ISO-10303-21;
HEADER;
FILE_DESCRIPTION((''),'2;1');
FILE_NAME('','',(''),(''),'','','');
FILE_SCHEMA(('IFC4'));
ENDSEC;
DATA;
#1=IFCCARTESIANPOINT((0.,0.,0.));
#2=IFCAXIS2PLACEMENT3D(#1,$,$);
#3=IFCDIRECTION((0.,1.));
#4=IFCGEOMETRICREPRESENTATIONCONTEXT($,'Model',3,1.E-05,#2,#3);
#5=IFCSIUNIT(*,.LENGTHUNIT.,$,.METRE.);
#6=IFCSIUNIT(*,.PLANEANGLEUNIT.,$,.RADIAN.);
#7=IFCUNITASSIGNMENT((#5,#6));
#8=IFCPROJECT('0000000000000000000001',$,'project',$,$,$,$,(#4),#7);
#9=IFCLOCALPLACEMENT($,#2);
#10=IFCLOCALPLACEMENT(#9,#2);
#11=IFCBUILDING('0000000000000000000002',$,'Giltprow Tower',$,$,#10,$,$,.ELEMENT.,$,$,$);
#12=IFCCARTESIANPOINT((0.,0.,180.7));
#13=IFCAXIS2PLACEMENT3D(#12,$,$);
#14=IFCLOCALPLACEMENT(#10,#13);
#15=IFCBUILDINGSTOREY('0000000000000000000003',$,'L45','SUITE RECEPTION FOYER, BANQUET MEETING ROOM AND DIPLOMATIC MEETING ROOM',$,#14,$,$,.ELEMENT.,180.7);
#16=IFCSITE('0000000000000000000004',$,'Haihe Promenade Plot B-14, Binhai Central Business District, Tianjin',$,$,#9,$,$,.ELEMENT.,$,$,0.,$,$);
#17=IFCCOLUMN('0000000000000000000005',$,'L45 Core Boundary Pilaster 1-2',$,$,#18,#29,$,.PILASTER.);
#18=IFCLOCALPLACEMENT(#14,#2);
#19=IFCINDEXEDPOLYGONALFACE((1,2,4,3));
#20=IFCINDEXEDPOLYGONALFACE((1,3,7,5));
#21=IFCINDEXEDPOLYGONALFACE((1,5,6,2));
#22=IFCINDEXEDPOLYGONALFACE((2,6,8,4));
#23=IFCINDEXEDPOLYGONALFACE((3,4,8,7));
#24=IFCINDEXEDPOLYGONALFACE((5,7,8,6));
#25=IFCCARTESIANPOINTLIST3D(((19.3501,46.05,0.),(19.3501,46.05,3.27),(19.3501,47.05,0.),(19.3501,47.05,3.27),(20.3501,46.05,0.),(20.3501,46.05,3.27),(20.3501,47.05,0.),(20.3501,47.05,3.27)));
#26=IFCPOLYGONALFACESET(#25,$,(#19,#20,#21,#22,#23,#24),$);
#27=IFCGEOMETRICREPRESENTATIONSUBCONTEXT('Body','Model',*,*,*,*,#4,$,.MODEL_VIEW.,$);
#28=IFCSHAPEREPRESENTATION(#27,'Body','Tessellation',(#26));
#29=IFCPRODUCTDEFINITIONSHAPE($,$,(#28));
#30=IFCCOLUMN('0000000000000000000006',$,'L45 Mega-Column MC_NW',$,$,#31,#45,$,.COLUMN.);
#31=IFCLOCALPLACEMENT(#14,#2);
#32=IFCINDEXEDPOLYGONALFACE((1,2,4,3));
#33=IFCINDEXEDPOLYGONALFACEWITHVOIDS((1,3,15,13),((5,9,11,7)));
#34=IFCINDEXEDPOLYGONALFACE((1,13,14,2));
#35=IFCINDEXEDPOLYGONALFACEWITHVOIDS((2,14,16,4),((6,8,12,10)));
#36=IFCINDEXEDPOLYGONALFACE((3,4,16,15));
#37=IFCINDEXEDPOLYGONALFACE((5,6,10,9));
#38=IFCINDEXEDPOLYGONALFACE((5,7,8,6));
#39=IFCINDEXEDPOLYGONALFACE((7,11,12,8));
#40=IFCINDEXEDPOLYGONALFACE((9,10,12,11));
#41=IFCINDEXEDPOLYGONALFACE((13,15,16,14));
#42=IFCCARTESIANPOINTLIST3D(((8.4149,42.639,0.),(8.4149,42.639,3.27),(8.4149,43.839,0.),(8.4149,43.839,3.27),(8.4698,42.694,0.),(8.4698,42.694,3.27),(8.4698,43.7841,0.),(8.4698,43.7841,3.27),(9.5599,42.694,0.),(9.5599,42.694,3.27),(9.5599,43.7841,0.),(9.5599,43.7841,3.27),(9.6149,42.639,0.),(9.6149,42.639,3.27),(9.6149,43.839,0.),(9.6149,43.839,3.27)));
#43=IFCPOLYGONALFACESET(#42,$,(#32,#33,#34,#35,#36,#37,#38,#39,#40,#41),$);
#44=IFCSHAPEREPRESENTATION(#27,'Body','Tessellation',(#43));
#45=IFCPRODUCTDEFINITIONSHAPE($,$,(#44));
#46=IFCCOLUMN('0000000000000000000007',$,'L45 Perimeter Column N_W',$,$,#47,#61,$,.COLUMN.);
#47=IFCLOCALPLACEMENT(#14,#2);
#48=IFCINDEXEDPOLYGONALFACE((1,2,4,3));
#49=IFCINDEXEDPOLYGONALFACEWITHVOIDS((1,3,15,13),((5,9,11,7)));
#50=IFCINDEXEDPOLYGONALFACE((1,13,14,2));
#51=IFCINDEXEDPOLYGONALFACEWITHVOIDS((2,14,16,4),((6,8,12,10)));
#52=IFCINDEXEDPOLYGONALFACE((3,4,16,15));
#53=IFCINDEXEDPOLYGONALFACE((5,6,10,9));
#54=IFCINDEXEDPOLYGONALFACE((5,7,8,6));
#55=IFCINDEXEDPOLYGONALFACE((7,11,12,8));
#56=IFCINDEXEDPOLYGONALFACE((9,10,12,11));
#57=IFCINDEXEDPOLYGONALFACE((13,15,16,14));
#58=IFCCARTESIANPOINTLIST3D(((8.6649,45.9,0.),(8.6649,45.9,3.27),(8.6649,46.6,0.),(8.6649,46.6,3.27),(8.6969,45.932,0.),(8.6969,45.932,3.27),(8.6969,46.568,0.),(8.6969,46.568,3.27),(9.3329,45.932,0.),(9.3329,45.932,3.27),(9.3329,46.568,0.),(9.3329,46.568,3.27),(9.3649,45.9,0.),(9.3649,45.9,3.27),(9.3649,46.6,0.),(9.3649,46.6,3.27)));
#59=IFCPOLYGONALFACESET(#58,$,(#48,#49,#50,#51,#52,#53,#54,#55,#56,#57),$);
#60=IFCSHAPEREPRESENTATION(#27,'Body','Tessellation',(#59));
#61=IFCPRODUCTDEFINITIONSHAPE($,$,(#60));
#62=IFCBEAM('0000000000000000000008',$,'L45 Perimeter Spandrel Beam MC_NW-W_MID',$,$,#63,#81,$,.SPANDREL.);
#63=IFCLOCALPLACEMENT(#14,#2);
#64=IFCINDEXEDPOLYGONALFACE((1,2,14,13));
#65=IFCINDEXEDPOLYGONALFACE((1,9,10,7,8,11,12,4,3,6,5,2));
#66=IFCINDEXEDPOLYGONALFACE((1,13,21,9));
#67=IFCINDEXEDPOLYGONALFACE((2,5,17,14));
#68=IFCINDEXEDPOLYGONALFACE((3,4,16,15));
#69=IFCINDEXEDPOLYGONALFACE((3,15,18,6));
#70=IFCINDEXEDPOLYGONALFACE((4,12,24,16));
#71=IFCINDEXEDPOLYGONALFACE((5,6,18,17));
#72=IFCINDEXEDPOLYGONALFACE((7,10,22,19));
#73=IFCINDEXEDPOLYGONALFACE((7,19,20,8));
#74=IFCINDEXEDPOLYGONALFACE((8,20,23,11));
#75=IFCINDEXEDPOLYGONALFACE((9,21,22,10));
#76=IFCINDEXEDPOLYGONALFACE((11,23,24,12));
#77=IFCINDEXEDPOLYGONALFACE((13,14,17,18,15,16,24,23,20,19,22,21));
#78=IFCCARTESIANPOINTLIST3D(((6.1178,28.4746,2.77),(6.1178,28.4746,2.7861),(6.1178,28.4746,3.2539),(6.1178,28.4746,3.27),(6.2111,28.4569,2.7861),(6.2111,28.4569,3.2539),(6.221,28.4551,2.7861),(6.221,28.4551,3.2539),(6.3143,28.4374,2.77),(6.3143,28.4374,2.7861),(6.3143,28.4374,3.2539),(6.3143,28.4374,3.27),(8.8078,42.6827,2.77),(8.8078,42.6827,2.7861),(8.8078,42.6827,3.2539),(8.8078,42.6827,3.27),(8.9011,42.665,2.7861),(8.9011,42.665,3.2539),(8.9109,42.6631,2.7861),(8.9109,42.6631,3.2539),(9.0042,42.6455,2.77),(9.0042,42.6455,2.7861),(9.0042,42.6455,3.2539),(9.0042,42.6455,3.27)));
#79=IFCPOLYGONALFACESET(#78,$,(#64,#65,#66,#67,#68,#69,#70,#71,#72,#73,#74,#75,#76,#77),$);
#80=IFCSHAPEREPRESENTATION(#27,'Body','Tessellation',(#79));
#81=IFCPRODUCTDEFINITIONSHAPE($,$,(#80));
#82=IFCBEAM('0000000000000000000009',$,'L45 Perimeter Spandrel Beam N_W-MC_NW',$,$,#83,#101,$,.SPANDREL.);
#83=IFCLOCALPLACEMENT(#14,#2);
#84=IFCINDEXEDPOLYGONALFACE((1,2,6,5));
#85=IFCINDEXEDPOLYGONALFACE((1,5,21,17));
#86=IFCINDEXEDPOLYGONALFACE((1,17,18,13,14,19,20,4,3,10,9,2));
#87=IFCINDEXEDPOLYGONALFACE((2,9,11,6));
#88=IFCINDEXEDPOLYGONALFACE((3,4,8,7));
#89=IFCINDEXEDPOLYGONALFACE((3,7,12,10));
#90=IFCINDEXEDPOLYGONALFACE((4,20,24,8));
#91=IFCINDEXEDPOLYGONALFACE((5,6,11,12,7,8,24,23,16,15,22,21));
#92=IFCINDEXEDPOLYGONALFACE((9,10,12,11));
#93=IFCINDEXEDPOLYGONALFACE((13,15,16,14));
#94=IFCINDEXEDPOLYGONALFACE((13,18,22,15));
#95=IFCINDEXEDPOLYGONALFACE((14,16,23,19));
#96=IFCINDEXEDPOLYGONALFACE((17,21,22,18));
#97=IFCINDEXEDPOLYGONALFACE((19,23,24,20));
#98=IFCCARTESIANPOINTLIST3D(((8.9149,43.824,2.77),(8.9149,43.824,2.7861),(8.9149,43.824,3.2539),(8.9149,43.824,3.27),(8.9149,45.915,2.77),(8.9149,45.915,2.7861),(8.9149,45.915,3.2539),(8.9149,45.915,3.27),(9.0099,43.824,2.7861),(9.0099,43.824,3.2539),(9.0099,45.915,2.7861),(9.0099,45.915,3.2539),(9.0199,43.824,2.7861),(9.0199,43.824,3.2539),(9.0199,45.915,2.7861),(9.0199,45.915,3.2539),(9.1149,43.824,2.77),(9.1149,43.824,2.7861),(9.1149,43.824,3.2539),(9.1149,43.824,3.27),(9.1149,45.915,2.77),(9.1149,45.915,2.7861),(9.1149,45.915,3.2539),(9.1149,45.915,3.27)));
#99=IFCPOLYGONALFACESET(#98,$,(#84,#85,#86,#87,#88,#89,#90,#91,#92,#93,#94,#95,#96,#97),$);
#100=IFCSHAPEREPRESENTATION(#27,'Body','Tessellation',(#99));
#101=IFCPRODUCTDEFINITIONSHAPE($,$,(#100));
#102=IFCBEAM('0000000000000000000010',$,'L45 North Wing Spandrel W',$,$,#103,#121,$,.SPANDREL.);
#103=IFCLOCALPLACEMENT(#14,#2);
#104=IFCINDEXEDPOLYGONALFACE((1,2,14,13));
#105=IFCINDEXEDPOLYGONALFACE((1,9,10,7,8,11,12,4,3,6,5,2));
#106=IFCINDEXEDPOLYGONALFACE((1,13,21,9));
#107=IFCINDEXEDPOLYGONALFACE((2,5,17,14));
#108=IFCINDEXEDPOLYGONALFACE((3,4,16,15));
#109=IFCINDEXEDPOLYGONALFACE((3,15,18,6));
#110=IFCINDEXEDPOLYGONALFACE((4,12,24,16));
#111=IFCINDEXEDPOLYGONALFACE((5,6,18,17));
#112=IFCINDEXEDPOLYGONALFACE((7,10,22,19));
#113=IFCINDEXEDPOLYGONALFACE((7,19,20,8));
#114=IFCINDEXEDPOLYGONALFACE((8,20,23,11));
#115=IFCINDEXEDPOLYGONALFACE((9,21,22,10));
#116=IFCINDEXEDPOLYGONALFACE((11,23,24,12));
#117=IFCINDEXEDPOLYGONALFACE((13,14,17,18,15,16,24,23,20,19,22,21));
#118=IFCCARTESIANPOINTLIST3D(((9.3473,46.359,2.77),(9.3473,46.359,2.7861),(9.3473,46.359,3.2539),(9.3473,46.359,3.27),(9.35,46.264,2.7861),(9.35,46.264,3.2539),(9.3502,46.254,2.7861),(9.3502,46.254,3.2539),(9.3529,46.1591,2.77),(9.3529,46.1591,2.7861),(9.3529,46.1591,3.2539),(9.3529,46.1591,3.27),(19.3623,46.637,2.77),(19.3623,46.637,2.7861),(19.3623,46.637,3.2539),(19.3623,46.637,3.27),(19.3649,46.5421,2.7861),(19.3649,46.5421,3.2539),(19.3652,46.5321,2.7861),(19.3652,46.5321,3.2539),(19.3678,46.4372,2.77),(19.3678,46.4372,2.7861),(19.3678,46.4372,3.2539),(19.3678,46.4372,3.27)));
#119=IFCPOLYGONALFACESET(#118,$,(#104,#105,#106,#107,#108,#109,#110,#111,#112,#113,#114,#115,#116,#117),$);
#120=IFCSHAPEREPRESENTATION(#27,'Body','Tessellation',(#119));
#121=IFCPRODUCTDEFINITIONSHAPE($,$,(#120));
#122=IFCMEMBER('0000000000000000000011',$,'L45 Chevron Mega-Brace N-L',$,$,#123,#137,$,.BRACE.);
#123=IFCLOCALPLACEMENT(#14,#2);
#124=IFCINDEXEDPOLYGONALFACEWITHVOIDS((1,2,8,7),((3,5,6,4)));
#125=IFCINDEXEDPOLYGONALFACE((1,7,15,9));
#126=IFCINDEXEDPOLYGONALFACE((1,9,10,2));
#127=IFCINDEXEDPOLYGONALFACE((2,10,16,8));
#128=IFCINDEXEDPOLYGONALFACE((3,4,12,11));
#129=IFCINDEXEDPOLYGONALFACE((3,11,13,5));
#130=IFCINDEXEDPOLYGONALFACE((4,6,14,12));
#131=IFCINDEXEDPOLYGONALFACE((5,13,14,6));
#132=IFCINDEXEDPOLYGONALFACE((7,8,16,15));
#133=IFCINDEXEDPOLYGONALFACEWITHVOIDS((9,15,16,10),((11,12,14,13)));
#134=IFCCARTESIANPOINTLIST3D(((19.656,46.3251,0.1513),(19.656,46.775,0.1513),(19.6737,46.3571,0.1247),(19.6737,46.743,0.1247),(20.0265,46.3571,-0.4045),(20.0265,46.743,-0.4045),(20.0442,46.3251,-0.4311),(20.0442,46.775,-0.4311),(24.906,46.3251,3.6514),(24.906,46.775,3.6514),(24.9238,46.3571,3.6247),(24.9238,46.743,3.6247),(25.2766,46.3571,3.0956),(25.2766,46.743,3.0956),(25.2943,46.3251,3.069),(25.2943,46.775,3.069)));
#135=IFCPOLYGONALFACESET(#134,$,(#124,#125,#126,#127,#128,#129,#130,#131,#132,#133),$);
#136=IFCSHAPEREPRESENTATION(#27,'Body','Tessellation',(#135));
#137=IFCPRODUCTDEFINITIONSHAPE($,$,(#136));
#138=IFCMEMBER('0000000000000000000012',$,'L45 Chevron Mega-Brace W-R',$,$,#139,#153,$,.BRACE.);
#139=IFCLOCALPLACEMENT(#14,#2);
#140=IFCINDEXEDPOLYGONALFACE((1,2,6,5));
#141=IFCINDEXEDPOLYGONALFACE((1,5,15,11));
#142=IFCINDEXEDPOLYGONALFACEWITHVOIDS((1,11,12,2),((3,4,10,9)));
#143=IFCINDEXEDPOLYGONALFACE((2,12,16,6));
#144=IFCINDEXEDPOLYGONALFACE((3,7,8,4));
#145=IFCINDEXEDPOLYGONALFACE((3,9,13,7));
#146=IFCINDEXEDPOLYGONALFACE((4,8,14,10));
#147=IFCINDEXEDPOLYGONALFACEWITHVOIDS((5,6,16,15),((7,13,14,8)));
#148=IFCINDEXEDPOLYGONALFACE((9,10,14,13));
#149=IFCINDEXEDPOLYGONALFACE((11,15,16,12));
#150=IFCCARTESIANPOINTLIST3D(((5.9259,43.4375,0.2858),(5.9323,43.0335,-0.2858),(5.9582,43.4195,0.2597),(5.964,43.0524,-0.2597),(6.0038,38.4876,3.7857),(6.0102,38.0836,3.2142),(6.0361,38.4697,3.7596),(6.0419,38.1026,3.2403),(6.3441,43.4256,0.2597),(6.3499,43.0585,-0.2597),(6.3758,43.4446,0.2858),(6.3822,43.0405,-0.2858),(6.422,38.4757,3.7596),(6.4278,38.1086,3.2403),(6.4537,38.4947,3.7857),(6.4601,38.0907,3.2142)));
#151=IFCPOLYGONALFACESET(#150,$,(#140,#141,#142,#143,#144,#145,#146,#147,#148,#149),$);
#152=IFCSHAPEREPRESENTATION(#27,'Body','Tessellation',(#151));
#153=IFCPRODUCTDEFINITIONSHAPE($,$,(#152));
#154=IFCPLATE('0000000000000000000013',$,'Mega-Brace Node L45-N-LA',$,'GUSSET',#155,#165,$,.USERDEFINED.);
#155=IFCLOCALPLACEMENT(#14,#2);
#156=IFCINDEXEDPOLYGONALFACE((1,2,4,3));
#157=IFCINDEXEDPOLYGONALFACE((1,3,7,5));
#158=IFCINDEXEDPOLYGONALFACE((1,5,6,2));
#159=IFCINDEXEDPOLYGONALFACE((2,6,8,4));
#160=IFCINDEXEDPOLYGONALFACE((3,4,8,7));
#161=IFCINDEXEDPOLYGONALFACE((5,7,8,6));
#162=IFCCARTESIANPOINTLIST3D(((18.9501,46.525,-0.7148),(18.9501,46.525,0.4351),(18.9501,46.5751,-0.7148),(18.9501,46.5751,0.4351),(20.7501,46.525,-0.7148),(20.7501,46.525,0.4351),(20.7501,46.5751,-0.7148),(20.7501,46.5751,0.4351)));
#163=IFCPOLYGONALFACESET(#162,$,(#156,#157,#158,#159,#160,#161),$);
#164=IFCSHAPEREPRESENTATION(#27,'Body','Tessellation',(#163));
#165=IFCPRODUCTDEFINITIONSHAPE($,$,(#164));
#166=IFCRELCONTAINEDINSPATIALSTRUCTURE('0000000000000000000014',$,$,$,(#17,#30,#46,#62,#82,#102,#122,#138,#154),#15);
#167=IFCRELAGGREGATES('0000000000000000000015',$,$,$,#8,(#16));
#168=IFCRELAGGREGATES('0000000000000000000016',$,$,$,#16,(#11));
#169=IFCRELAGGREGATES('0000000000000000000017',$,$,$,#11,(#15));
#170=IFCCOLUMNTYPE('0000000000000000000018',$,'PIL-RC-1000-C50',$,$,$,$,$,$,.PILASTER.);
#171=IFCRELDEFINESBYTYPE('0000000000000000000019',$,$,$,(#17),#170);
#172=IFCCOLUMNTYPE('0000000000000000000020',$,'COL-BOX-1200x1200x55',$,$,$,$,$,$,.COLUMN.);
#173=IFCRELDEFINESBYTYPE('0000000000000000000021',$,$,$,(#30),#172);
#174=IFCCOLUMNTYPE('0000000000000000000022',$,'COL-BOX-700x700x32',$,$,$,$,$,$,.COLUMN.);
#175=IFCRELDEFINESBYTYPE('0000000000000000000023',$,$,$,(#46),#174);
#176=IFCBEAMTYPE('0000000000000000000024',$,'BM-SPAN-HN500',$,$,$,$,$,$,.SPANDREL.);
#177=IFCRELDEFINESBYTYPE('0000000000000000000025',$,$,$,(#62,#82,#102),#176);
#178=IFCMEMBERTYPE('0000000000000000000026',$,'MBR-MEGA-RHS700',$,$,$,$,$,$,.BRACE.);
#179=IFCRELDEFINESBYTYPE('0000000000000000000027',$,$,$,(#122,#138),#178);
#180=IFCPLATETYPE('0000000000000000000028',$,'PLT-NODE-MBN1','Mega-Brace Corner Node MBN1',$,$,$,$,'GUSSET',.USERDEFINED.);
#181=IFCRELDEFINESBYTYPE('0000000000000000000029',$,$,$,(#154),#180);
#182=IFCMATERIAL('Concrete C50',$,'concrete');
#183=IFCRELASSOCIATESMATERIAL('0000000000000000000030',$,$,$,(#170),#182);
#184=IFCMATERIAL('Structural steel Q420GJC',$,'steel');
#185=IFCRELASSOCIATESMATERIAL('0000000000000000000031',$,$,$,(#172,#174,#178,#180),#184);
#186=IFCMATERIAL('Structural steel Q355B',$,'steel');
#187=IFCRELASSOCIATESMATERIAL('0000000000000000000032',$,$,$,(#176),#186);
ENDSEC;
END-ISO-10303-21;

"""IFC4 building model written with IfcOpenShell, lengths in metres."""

from ifc_helpers import new_model, si_unit, direction, frame, origin, origin_2d, place, context, subcontext, project, spatial, rectangle, hollow_rectangle, i_section, extrude, source, transform, mapped, material, material_profile, profile_set, type_object, element, save


model = new_model("IFC4")

# Units and contexts
model_context = context("Model", 3, precision=1e-05, world=origin(), true_north=direction((0.0, 1.0)))
body_context = subcontext(model_context, "Body", "Model", "MODEL_VIEW")
ifc_project = project(units=[si_unit("LENGTHUNIT", "METRE"), si_unit("PLANEANGLEUNIT", "RADIAN")], contexts=[model_context])

# Site, building, storey
site_placement = place(None, origin())
site = spatial("IfcSite", under=ifc_project, at=site_placement, Name="Haihe Promenade Plot B-14, Binhai Central Business District, Tianjin", CompositionType="ELEMENT", RefElevation=0.0)
building_placement = place(site_placement, origin())
building = spatial("IfcBuilding", under=site, at=building_placement, Name="Giltprow Tower", CompositionType="ELEMENT")
storey_placement = place(building_placement, frame((0.0, 0.0, 180.7)))
storey = spatial("IfcBuildingStorey", under=building, at=storey_placement, Name="L45", Description="SUITE RECEPTION FOYER, BANQUET MEETING ROOM AND DIPLOMATIC MEETING ROOM", CompositionType="ELEMENT", Elevation=180.7)

# Columns
ifc_material_1 = material(Name="Concrete C50", Category="concrete")
ifc_material_profile_1 = material_profile(ifc_material_1, rectangle(XDim=1.0, YDim=1.0, at=origin_2d()), Name="RC 1000x1000")
ifc_profile_set_1 = profile_set([ifc_material_profile_1], Name="Concrete C50")
column_type_1 = type_object("IfcColumnType", Name="PIL-RC-1000-C50", PredefinedType="PILASTER", material=ifc_profile_set_1)
shared_shape_1 = source(origin(), body_context, "Body", "SweptSolid", [
    extrude(rectangle(XDim=1.0, YDim=1.0, at=origin_2d()), origin(), (0.0, 0.0, 1.0), 3.27),
])
column_1_placement = place(storey_placement, frame((19.8501, 46.55, 0.0), z_axis=(0.0, 0.0, 1.0), x_axis=(1.0, 0.0, 0.0)))
element("IfcColumn", 1, at=column_1_placement, inside=storey, type_object=column_type_1, Name="L45 Core Boundary Pilaster 1-2", PredefinedType="PILASTER", context=body_context, shape_type="MappedRepresentation", body=[
    mapped(shared_shape_1, transform((0.0, 0.0, 0.0), x_axis=(1.0, 0.0, 0.0), y_axis=(0.0, 1.0, 0.0), z_axis=(0.0, 0.0, 1.0), scale=1.0)),
])
ifc_material_2 = material(Name="Structural steel Q420GJC", Category="steel")
ifc_material_profile_2 = material_profile(ifc_material_2, hollow_rectangle(XDim=1.2, YDim=1.2, WallThickness=0.0549, at=origin_2d()), Name="BOX 1200x1200x55")
ifc_profile_set_2 = profile_set([ifc_material_profile_2], Name="Structural steel Q420GJC")
column_type_2 = type_object("IfcColumnType", Name="COL-BOX-1200x1200x55", PredefinedType="COLUMN", material=ifc_profile_set_2)
shared_shape_2 = source(origin(), body_context, "Body", "SweptSolid", [
    extrude(hollow_rectangle(XDim=1.2, YDim=1.2, WallThickness=0.0549, at=origin_2d()), origin(), (0.0, 0.0, 1.0), 3.27),
])
column_2_placement = place(storey_placement, frame((9.0149, 43.239, 0.0), z_axis=(0.0, 0.0, 1.0), x_axis=(1.0, 0.0, 0.0)))
element("IfcColumn", 2, at=column_2_placement, inside=storey, type_object=column_type_2, Name="L45 Mega-Column MC_NW", PredefinedType="COLUMN", context=body_context, shape_type="MappedRepresentation", body=[
    mapped(shared_shape_2, transform((0.0, 0.0, 0.0), x_axis=(1.0, 0.0, 0.0), y_axis=(0.0, 1.0, 0.0), z_axis=(0.0, 0.0, 1.0), scale=1.0)),
])
ifc_material_profile_3 = material_profile(ifc_material_2, hollow_rectangle(XDim=0.7, YDim=0.7, WallThickness=0.032, at=origin_2d()), Name="BOX 700x700x32")
ifc_profile_set_3 = profile_set([ifc_material_profile_3], Name="Structural steel Q420GJC")
column_type_3 = type_object("IfcColumnType", Name="COL-BOX-700x700x32", PredefinedType="COLUMN", material=ifc_profile_set_3)
shared_shape_3 = source(origin(), body_context, "Body", "SweptSolid", [
    extrude(hollow_rectangle(XDim=0.7, YDim=0.7, WallThickness=0.032, at=origin_2d()), origin(), (0.0, 0.0, 1.0), 3.27),
])
column_3_placement = place(storey_placement, frame((9.0149, 46.25, 0.0), z_axis=(0.0, 0.0, 1.0), x_axis=(1.0, 0.0, 0.0)))
element("IfcColumn", 3, at=column_3_placement, inside=storey, type_object=column_type_3, Name="L45 Perimeter Column N_W", PredefinedType="COLUMN", context=body_context, shape_type="MappedRepresentation", body=[
    mapped(shared_shape_3, transform((0.0, 0.0, 0.0), x_axis=(1.0, 0.0, 0.0), y_axis=(0.0, 1.0, 0.0), z_axis=(0.0, 0.0, 1.0), scale=1.0)),
])

# Beams
ifc_material_3 = material(Name="Structural steel Q355B", Category="steel")
ifc_material_profile_4 = material_profile(ifc_material_3, i_section(OverallWidth=0.2, OverallDepth=0.5, WebThickness=0.01, FlangeThickness=0.0161, at=origin_2d()), Name="HN 500x200x10x16")
ifc_profile_set_4 = profile_set([ifc_material_profile_4], Name="Structural steel Q355B")
beam_type = type_object("IfcBeamType", Name="BM-SPAN-HN500", PredefinedType="SPANDREL", material=ifc_profile_set_4)
shared_shape_4 = source(origin(), body_context, "Body", "SweptSolid", [
    extrude(i_section(OverallWidth=0.2, OverallDepth=0.5, WebThickness=0.01, FlangeThickness=0.0161, at=origin_2d()), origin(), (0.0, 0.0, 1.0), 14.4604),
])
beam_1_placement = place(storey_placement, frame((8.906, 42.6641, 3.02), z_axis=(-0.186021, -0.982546, 0.0), x_axis=(0.982546, -0.186021, 0.0)))
element("IfcBeam", 4, at=beam_1_placement, inside=storey, type_object=beam_type, Name="L45 Perimeter Spandrel Beam MC_NW-W_MID", PredefinedType="SPANDREL", context=body_context, shape_type="MappedRepresentation", body=[
    mapped(shared_shape_4, transform((0.0, 0.0, 0.0), x_axis=(1.0, 0.0, 0.0), y_axis=(0.0, 1.0, 0.0), z_axis=(0.0, 0.0, 1.0), scale=1.0)),
])
shared_shape_5 = source(origin(), body_context, "Body", "SweptSolid", [
    extrude(i_section(OverallWidth=0.2, OverallDepth=0.5, WebThickness=0.01, FlangeThickness=0.0161, at=origin_2d()), origin(), (0.0, 0.0, 1.0), 2.0911),
])
beam_2_placement = place(storey_placement, frame((9.0149, 45.915, 3.02), z_axis=(0.0, -1.0, 0.0), x_axis=(1.0, 0.0, 0.0)))
element("IfcBeam", 5, at=beam_2_placement, inside=storey, type_object=beam_type, Name="L45 Perimeter Spandrel Beam N_W-MC_NW", PredefinedType="SPANDREL", context=body_context, shape_type="MappedRepresentation", body=[
    mapped(shared_shape_5, transform((0.0, 0.0, 0.0), x_axis=(1.0, 0.0, 0.0), y_axis=(0.0, 1.0, 0.0), z_axis=(0.0, 0.0, 1.0), scale=1.0)),
])
shared_shape_6 = source(origin(), body_context, "Body", "SweptSolid", [
    extrude(i_section(OverallWidth=0.2, OverallDepth=0.5, WebThickness=0.01, FlangeThickness=0.0161, at=origin_2d()), origin(), (0.0, 0.0, 1.0), 10.0188),
])
beam_3_placement = place(storey_placement, frame((9.3501, 46.259, 3.02), z_axis=(0.999615, 0.027756, 0.0), x_axis=(-0.027756, 0.999615, 0.0)))
element("IfcBeam", 6, at=beam_3_placement, inside=storey, type_object=beam_type, Name="L45 North Wing Spandrel W", PredefinedType="SPANDREL", context=body_context, shape_type="MappedRepresentation", body=[
    mapped(shared_shape_6, transform((0.0, 0.0, 0.0), x_axis=(1.0, 0.0, 0.0), y_axis=(0.0, 1.0, 0.0), z_axis=(0.0, 0.0, 1.0), scale=1.0)),
])

# Members
ifc_material_profile_5 = material_profile(ifc_material_2, hollow_rectangle(XDim=0.45, YDim=0.7, WallThickness=0.032, at=origin_2d()), Name="RHS 700x450x32")
ifc_profile_set_5 = profile_set([ifc_material_profile_5], Name="Structural steel Q420GJC")
member_type = type_object("IfcMemberType", Name="MBR-MEGA-RHS700", PredefinedType="BRACE", material=ifc_profile_set_5)
shared_shape_7 = source(origin(), body_context, "Body", "SweptSolid", [
    extrude(hollow_rectangle(XDim=0.45, YDim=0.7, WallThickness=0.032, at=origin_2d()), origin(), (0.0, 0.0, 1.0), 6.3098),
])
member_1_placement = place(storey_placement, frame((19.8501, 46.55, -0.1399), z_axis=(0.83205, 0.0, 0.5547), x_axis=(0.0, 1.0, 0.0)))
element("IfcMember", 7, at=member_1_placement, inside=storey, type_object=member_type, Name="L45 Chevron Mega-Brace N-L", PredefinedType="BRACE", context=body_context, shape_type="MappedRepresentation", body=[
    mapped(shared_shape_7, transform((0.0, 0.0, 0.0), x_axis=(1.0, 0.0, 0.0), y_axis=(0.0, 1.0, 0.0), z_axis=(0.0, 0.0, 1.0), scale=1.0)),
])
shared_shape_8 = source(origin(), body_context, "Body", "SweptSolid", [
    extrude(hollow_rectangle(XDim=0.45, YDim=0.7, WallThickness=0.032, at=origin_2d()), origin(), (0.0, 0.0, 1.0), 6.0627),
])
member_2_placement = place(storey_placement, frame((6.1541, 43.239, 0.0), z_axis=(0.012846, -0.81644, 0.577287), x_axis=(0.999876, 0.015732, 0.0)))
element("IfcMember", 8, at=member_2_placement, inside=storey, type_object=member_type, Name="L45 Chevron Mega-Brace W-R", PredefinedType="BRACE", context=body_context, shape_type="MappedRepresentation", body=[
    mapped(shared_shape_8, transform((0.0, 0.0, 0.0), x_axis=(1.0, 0.0, 0.0), y_axis=(0.0, 1.0, 0.0), z_axis=(0.0, 0.0, 1.0), scale=1.0)),
])

# Plate
plate_type = type_object("IfcPlateType", Name="PLT-NODE-MBN1", Description="Mega-Brace Corner Node MBN1", ElementType="GUSSET", PredefinedType="USERDEFINED", material=ifc_material_2)
shared_shape_9 = source(origin(), body_context, "Body", "SweptSolid", [
    extrude(rectangle(XDim=1.8, YDim=0.05, at=origin_2d()), origin(), (0.0, 0.0, 1.0), 1.1499),
])
for number, where, z_axis, x_axis, name in (
    (9, (19.8501, 46.55, -0.7148), (0.0, 0.0, 1.0), (1.0, 0.0, 0.0), "Mega-Brace Node L45-N-LA"),
):
    element("IfcPlate", number, at=place(storey_placement, frame(where, z_axis=z_axis, x_axis=x_axis)), inside=storey, type_object=plate_type, Name=name, ObjectType="GUSSET", PredefinedType="USERDEFINED", context=body_context, shape_type="MappedRepresentation", body=[
        mapped(shared_shape_9, transform((0.0, 0.0, 0.0), x_axis=(1.0, 0.0, 0.0), y_axis=(0.0, 1.0, 0.0), z_axis=(0.0, 0.0, 1.0), scale=1.0)),
    ])

save(model, "model.ifc")
